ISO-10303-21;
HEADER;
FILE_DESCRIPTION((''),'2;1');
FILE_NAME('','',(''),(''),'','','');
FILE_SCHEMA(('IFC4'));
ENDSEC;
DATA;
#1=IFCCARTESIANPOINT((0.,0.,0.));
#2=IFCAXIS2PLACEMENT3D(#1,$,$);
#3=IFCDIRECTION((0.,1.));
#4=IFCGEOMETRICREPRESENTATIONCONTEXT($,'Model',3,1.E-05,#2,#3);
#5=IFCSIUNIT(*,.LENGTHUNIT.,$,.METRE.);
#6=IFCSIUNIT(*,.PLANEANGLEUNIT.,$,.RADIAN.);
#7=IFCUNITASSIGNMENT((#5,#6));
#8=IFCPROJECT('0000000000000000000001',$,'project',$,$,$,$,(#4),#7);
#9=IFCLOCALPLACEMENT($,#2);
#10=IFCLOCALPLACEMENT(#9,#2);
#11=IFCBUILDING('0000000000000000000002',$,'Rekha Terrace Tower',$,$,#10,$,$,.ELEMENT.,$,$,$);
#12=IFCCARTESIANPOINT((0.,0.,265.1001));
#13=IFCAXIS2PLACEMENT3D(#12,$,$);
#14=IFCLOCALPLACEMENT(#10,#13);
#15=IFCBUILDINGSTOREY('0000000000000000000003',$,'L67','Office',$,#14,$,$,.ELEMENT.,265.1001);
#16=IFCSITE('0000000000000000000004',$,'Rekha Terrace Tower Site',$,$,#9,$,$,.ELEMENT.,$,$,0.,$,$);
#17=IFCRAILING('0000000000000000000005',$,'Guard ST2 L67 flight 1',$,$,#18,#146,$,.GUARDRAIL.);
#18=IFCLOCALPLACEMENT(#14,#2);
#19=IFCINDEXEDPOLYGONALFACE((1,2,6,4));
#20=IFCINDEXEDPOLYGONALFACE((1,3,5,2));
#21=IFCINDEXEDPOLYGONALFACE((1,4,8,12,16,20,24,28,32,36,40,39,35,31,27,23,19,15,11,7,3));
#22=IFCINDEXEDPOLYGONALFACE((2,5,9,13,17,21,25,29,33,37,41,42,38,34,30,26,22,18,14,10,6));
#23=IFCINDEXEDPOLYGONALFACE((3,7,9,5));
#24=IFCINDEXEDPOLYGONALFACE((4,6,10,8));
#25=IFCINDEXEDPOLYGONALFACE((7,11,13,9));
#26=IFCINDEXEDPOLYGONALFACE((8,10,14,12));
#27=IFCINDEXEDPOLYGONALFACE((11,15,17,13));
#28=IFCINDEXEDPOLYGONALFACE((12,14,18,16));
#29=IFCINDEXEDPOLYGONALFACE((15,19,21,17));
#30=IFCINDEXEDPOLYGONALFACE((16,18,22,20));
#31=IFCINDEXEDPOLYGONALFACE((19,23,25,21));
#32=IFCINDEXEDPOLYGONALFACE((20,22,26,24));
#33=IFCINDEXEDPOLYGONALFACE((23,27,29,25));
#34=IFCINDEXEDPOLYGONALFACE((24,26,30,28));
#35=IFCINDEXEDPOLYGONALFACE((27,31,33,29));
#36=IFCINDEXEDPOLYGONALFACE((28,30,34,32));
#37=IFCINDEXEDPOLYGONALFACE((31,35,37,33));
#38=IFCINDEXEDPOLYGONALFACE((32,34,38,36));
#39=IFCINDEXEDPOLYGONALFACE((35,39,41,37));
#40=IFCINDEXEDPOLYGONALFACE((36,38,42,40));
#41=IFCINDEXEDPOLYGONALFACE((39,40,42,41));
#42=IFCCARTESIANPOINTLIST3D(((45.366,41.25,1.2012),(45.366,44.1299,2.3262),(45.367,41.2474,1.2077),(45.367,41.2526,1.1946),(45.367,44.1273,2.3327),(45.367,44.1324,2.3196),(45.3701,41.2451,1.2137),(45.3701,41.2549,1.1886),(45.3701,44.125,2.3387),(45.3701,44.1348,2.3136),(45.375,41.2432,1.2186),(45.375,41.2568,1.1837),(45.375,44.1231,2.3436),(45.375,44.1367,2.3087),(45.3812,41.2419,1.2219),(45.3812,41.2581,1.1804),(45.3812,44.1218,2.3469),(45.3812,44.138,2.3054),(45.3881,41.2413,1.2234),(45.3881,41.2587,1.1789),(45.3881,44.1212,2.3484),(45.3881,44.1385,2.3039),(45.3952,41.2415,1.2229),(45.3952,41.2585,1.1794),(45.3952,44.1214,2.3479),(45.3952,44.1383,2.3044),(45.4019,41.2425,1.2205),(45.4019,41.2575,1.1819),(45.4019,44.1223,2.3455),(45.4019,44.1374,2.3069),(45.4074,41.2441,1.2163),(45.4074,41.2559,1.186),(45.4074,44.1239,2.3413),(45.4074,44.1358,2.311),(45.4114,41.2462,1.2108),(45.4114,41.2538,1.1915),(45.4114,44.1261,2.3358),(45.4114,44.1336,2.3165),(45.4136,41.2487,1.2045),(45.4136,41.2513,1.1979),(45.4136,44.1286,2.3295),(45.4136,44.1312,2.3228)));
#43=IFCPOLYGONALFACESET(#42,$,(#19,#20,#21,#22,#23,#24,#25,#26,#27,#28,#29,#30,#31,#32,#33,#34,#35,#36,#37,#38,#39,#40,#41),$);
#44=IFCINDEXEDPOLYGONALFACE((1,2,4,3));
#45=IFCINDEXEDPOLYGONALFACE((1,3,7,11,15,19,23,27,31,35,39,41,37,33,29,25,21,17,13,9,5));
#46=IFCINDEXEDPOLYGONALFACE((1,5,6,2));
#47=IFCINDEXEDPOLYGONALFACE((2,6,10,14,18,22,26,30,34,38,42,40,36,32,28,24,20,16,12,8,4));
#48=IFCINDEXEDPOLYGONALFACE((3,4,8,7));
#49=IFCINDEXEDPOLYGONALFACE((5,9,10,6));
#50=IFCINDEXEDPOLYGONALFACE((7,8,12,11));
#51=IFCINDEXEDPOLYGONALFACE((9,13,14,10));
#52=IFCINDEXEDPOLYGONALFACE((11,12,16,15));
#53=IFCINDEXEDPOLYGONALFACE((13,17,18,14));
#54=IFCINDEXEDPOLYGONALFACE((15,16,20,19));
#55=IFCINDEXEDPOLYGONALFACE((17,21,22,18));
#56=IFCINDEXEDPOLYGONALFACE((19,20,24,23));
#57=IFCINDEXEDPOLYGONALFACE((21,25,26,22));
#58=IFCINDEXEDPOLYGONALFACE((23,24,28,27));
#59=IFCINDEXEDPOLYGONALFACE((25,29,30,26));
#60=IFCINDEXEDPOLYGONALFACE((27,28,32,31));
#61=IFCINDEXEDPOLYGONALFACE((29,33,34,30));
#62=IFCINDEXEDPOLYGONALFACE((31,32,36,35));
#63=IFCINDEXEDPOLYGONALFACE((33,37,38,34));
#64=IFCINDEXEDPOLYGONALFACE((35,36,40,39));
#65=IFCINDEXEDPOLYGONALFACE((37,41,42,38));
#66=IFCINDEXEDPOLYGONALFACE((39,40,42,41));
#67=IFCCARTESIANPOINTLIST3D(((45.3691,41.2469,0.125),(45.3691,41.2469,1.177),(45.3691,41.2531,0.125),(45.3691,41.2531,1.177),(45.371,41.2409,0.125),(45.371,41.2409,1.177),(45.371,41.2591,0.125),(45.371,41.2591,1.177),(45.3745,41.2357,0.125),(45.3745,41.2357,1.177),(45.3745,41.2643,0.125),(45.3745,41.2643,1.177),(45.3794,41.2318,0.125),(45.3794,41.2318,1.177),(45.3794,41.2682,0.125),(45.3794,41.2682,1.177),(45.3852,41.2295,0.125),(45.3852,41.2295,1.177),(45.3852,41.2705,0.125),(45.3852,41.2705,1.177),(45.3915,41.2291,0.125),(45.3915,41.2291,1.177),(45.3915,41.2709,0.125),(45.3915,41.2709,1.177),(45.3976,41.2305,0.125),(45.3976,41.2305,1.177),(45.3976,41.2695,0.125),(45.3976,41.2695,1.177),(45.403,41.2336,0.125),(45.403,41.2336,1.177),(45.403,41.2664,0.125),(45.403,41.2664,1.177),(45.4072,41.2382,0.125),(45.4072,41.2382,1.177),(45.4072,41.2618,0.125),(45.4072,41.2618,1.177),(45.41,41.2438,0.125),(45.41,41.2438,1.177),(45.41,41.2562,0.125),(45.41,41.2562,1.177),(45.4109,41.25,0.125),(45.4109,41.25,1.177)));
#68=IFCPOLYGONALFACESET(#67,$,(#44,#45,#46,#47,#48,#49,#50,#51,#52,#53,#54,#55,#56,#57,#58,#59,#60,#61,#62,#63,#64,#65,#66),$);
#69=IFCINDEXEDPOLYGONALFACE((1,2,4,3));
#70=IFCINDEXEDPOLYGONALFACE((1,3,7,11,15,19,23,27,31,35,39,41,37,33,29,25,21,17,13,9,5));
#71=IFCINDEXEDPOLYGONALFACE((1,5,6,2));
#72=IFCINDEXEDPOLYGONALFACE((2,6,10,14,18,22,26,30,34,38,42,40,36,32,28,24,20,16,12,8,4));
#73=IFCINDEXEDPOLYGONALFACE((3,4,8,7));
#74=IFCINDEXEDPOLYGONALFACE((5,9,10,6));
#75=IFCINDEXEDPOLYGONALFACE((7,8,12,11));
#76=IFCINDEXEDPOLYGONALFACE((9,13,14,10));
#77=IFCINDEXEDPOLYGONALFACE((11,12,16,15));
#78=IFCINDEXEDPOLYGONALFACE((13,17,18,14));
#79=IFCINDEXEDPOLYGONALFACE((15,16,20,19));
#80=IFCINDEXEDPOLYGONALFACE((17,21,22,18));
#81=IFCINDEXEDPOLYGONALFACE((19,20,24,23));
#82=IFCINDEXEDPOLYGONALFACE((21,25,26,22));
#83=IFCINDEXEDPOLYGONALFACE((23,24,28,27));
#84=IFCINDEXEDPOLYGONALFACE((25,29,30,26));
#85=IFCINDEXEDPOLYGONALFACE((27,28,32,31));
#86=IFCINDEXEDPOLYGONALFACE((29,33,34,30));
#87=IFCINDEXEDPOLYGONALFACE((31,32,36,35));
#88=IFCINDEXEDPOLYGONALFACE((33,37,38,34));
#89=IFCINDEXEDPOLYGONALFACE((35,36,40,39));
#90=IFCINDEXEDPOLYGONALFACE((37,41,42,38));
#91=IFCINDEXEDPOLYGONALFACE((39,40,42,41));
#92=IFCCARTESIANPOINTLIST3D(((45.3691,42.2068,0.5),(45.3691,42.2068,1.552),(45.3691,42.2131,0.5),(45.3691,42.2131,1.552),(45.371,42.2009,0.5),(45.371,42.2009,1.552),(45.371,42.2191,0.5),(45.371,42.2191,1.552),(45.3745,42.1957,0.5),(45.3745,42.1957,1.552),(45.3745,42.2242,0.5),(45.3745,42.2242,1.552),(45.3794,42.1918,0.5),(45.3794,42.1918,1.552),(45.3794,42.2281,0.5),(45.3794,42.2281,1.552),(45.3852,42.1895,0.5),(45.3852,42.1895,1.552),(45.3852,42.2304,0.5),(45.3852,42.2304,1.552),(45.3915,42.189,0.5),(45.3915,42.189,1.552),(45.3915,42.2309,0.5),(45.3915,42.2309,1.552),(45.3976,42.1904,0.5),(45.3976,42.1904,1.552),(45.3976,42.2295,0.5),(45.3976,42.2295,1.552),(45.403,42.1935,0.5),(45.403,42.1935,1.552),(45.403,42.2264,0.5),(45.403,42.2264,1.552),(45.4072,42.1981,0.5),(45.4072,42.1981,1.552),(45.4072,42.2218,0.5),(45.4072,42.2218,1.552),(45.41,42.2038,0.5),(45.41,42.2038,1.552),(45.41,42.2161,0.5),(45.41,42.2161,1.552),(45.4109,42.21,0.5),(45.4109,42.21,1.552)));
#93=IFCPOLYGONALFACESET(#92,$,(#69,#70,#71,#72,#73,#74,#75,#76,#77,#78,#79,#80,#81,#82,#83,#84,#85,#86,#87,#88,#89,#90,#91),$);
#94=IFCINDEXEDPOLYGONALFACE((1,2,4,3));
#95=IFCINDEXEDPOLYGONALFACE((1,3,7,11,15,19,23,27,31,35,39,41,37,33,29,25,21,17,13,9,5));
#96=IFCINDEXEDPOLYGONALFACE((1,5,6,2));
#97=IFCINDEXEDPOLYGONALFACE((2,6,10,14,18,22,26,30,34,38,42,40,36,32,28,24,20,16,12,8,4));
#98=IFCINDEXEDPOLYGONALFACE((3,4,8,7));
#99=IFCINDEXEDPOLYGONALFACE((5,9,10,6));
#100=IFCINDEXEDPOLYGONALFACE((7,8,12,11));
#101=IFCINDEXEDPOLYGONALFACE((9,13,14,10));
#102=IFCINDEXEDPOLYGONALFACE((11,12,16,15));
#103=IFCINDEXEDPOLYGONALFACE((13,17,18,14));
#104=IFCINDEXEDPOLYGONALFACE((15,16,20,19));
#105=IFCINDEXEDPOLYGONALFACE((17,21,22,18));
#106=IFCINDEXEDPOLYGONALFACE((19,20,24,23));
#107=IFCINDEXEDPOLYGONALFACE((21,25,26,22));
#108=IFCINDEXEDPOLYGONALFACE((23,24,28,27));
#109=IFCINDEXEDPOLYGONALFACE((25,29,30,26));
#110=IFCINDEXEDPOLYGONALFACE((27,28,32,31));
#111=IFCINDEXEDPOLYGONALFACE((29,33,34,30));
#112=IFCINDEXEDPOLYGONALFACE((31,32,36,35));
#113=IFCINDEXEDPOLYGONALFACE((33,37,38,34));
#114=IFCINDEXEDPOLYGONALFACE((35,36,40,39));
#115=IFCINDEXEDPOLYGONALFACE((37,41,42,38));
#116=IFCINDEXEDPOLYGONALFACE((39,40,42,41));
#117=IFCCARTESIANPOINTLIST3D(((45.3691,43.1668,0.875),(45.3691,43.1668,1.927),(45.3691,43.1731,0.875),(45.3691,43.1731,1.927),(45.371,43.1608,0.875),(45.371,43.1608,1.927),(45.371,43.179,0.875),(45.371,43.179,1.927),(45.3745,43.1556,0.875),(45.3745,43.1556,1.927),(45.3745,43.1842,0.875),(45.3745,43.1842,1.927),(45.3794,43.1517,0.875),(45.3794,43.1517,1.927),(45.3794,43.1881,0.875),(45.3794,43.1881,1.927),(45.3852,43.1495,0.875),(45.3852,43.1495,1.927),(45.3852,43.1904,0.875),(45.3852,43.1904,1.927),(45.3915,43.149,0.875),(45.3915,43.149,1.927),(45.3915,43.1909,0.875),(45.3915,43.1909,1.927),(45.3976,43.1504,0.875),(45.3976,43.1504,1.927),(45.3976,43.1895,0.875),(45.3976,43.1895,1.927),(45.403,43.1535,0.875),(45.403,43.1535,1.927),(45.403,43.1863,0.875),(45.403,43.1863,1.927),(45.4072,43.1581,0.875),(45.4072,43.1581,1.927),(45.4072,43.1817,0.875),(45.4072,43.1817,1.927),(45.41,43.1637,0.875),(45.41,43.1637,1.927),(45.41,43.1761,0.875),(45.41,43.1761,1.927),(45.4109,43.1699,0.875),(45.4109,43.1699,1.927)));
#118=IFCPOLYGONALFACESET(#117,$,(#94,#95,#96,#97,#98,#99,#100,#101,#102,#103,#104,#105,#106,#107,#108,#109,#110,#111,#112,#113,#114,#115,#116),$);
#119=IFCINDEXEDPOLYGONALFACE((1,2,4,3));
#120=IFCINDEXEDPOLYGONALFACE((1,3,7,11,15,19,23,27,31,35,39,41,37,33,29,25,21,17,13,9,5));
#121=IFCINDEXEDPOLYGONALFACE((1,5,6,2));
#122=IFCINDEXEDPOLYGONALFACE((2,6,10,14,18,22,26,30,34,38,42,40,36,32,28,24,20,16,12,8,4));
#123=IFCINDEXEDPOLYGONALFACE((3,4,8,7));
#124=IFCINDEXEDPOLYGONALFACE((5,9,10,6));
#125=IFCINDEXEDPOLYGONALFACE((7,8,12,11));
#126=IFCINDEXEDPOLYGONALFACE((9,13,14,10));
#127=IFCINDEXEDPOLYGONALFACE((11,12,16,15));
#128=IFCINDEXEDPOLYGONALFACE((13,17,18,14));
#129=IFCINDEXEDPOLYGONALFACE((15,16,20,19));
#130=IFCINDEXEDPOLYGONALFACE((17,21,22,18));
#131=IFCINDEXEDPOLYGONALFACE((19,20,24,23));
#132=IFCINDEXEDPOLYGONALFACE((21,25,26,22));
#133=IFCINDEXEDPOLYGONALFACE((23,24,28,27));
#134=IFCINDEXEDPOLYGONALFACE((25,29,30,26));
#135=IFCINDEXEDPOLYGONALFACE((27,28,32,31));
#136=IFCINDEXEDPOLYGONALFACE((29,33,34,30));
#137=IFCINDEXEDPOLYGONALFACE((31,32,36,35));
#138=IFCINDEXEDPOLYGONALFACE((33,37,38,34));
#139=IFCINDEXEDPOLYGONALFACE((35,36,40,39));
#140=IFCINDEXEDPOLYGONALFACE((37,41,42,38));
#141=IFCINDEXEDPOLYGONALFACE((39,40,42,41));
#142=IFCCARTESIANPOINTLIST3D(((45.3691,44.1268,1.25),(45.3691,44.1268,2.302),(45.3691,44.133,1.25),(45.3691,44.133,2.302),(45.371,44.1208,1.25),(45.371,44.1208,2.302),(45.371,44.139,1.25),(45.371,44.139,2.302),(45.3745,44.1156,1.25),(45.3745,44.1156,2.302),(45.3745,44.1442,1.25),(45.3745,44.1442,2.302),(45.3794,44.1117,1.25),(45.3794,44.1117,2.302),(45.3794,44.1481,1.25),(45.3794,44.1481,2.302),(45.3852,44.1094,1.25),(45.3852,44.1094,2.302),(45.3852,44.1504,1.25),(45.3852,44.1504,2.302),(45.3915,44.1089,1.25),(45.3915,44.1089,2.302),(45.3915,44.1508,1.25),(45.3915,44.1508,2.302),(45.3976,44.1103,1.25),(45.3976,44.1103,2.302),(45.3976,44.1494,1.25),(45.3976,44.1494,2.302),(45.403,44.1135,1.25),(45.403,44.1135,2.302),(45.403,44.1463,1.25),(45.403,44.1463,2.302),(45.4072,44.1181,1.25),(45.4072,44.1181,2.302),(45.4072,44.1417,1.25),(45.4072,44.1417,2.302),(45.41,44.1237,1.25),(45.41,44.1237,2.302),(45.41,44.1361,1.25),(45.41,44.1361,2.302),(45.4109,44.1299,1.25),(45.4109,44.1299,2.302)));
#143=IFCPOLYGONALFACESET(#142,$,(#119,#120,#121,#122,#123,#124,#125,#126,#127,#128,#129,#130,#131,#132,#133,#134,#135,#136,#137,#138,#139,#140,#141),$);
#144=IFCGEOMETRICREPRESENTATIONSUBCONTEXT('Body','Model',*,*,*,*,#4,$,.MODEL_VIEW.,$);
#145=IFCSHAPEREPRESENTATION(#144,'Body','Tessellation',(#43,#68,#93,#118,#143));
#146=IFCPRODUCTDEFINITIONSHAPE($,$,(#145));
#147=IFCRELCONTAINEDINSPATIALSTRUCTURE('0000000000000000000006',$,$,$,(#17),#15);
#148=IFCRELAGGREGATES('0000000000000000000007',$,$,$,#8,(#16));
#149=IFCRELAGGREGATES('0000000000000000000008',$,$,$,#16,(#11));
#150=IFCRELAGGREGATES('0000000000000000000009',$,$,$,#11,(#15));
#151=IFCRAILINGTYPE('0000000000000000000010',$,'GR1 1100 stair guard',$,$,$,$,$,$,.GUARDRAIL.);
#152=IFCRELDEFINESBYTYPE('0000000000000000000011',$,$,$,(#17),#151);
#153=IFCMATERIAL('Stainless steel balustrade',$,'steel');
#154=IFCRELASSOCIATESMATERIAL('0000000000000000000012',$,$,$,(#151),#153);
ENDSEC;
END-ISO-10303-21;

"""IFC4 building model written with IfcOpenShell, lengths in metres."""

from ifc_helpers import new_model, si_unit, direction, frame, origin, origin_2d, place, context, subcontext, project, spatial, circle, extrude, material, type_object, element, save


model = new_model("IFC4")

# Units and contexts
model_context = context("Model", 3, precision=1e-05, world=origin(), true_north=direction((0.0, 1.0)))
body_context = subcontext(model_context, "Body", "Model", "MODEL_VIEW")
ifc_project = project(units=[si_unit("LENGTHUNIT", "METRE"), si_unit("PLANEANGLEUNIT", "RADIAN")], contexts=[model_context])

# Site, building, storey
site_placement = place(None, origin())
site = spatial("IfcSite", under=ifc_project, at=site_placement, Name="Rekha Terrace Tower Site", CompositionType="ELEMENT", RefElevation=0.0)
building_placement = place(site_placement, origin())
building = spatial("IfcBuilding", under=site, at=building_placement, Name="Rekha Terrace Tower", CompositionType="ELEMENT")
storey_placement = place(building_placement, frame((0.0, 0.0, 265.1001)))
storey = spatial("IfcBuildingStorey", under=building, at=storey_placement, Name="L67", Description="Office", CompositionType="ELEMENT", Elevation=265.1001)

# Railing
ifc_material_1 = material(Name="Stainless steel balustrade", Category="steel")
railing_type_1 = type_object("IfcRailingType", Name="GR1 1100 stair guard", PredefinedType="GUARDRAIL", material=ifc_material_1)
railing_1_placement = place(storey_placement, frame((45.3899, 41.25, 0.125)))
element("IfcRailing", 1, at=railing_1_placement, inside=storey, type_object=railing_type_1, Name="Guard ST2 L67 flight 1", PredefinedType="GUARDRAIL", context=body_context, shape_type="SweptSolid", body=[
    extrude(circle(Radius=0.0239, at=origin_2d()), frame((0.0, 0.0, 1.0762), z_axis=(0.0, 0.931452, 0.363863), x_axis=(-1.0, 0.0, 0.0)), (0.0, 0.0, 1.0), 3.0918),
    extrude(circle(Radius=0.021, at=origin_2d()), origin(), (0.0, 0.0, 1.0), 1.052),
    extrude(circle(Radius=0.021, at=origin_2d()), frame((0.0, 0.96, 0.375)), (0.0, 0.0, 1.0), 1.052),
    extrude(circle(Radius=0.021, at=origin_2d()), frame((0.0, 1.9199, 0.75)), (0.0, 0.0, 1.0), 1.052),
    extrude(circle(Radius=0.021, at=origin_2d()), frame((0.0, 2.8799, 1.125)), (0.0, 0.0, 1.0), 1.052),
])

save(model, "model.ifc")
